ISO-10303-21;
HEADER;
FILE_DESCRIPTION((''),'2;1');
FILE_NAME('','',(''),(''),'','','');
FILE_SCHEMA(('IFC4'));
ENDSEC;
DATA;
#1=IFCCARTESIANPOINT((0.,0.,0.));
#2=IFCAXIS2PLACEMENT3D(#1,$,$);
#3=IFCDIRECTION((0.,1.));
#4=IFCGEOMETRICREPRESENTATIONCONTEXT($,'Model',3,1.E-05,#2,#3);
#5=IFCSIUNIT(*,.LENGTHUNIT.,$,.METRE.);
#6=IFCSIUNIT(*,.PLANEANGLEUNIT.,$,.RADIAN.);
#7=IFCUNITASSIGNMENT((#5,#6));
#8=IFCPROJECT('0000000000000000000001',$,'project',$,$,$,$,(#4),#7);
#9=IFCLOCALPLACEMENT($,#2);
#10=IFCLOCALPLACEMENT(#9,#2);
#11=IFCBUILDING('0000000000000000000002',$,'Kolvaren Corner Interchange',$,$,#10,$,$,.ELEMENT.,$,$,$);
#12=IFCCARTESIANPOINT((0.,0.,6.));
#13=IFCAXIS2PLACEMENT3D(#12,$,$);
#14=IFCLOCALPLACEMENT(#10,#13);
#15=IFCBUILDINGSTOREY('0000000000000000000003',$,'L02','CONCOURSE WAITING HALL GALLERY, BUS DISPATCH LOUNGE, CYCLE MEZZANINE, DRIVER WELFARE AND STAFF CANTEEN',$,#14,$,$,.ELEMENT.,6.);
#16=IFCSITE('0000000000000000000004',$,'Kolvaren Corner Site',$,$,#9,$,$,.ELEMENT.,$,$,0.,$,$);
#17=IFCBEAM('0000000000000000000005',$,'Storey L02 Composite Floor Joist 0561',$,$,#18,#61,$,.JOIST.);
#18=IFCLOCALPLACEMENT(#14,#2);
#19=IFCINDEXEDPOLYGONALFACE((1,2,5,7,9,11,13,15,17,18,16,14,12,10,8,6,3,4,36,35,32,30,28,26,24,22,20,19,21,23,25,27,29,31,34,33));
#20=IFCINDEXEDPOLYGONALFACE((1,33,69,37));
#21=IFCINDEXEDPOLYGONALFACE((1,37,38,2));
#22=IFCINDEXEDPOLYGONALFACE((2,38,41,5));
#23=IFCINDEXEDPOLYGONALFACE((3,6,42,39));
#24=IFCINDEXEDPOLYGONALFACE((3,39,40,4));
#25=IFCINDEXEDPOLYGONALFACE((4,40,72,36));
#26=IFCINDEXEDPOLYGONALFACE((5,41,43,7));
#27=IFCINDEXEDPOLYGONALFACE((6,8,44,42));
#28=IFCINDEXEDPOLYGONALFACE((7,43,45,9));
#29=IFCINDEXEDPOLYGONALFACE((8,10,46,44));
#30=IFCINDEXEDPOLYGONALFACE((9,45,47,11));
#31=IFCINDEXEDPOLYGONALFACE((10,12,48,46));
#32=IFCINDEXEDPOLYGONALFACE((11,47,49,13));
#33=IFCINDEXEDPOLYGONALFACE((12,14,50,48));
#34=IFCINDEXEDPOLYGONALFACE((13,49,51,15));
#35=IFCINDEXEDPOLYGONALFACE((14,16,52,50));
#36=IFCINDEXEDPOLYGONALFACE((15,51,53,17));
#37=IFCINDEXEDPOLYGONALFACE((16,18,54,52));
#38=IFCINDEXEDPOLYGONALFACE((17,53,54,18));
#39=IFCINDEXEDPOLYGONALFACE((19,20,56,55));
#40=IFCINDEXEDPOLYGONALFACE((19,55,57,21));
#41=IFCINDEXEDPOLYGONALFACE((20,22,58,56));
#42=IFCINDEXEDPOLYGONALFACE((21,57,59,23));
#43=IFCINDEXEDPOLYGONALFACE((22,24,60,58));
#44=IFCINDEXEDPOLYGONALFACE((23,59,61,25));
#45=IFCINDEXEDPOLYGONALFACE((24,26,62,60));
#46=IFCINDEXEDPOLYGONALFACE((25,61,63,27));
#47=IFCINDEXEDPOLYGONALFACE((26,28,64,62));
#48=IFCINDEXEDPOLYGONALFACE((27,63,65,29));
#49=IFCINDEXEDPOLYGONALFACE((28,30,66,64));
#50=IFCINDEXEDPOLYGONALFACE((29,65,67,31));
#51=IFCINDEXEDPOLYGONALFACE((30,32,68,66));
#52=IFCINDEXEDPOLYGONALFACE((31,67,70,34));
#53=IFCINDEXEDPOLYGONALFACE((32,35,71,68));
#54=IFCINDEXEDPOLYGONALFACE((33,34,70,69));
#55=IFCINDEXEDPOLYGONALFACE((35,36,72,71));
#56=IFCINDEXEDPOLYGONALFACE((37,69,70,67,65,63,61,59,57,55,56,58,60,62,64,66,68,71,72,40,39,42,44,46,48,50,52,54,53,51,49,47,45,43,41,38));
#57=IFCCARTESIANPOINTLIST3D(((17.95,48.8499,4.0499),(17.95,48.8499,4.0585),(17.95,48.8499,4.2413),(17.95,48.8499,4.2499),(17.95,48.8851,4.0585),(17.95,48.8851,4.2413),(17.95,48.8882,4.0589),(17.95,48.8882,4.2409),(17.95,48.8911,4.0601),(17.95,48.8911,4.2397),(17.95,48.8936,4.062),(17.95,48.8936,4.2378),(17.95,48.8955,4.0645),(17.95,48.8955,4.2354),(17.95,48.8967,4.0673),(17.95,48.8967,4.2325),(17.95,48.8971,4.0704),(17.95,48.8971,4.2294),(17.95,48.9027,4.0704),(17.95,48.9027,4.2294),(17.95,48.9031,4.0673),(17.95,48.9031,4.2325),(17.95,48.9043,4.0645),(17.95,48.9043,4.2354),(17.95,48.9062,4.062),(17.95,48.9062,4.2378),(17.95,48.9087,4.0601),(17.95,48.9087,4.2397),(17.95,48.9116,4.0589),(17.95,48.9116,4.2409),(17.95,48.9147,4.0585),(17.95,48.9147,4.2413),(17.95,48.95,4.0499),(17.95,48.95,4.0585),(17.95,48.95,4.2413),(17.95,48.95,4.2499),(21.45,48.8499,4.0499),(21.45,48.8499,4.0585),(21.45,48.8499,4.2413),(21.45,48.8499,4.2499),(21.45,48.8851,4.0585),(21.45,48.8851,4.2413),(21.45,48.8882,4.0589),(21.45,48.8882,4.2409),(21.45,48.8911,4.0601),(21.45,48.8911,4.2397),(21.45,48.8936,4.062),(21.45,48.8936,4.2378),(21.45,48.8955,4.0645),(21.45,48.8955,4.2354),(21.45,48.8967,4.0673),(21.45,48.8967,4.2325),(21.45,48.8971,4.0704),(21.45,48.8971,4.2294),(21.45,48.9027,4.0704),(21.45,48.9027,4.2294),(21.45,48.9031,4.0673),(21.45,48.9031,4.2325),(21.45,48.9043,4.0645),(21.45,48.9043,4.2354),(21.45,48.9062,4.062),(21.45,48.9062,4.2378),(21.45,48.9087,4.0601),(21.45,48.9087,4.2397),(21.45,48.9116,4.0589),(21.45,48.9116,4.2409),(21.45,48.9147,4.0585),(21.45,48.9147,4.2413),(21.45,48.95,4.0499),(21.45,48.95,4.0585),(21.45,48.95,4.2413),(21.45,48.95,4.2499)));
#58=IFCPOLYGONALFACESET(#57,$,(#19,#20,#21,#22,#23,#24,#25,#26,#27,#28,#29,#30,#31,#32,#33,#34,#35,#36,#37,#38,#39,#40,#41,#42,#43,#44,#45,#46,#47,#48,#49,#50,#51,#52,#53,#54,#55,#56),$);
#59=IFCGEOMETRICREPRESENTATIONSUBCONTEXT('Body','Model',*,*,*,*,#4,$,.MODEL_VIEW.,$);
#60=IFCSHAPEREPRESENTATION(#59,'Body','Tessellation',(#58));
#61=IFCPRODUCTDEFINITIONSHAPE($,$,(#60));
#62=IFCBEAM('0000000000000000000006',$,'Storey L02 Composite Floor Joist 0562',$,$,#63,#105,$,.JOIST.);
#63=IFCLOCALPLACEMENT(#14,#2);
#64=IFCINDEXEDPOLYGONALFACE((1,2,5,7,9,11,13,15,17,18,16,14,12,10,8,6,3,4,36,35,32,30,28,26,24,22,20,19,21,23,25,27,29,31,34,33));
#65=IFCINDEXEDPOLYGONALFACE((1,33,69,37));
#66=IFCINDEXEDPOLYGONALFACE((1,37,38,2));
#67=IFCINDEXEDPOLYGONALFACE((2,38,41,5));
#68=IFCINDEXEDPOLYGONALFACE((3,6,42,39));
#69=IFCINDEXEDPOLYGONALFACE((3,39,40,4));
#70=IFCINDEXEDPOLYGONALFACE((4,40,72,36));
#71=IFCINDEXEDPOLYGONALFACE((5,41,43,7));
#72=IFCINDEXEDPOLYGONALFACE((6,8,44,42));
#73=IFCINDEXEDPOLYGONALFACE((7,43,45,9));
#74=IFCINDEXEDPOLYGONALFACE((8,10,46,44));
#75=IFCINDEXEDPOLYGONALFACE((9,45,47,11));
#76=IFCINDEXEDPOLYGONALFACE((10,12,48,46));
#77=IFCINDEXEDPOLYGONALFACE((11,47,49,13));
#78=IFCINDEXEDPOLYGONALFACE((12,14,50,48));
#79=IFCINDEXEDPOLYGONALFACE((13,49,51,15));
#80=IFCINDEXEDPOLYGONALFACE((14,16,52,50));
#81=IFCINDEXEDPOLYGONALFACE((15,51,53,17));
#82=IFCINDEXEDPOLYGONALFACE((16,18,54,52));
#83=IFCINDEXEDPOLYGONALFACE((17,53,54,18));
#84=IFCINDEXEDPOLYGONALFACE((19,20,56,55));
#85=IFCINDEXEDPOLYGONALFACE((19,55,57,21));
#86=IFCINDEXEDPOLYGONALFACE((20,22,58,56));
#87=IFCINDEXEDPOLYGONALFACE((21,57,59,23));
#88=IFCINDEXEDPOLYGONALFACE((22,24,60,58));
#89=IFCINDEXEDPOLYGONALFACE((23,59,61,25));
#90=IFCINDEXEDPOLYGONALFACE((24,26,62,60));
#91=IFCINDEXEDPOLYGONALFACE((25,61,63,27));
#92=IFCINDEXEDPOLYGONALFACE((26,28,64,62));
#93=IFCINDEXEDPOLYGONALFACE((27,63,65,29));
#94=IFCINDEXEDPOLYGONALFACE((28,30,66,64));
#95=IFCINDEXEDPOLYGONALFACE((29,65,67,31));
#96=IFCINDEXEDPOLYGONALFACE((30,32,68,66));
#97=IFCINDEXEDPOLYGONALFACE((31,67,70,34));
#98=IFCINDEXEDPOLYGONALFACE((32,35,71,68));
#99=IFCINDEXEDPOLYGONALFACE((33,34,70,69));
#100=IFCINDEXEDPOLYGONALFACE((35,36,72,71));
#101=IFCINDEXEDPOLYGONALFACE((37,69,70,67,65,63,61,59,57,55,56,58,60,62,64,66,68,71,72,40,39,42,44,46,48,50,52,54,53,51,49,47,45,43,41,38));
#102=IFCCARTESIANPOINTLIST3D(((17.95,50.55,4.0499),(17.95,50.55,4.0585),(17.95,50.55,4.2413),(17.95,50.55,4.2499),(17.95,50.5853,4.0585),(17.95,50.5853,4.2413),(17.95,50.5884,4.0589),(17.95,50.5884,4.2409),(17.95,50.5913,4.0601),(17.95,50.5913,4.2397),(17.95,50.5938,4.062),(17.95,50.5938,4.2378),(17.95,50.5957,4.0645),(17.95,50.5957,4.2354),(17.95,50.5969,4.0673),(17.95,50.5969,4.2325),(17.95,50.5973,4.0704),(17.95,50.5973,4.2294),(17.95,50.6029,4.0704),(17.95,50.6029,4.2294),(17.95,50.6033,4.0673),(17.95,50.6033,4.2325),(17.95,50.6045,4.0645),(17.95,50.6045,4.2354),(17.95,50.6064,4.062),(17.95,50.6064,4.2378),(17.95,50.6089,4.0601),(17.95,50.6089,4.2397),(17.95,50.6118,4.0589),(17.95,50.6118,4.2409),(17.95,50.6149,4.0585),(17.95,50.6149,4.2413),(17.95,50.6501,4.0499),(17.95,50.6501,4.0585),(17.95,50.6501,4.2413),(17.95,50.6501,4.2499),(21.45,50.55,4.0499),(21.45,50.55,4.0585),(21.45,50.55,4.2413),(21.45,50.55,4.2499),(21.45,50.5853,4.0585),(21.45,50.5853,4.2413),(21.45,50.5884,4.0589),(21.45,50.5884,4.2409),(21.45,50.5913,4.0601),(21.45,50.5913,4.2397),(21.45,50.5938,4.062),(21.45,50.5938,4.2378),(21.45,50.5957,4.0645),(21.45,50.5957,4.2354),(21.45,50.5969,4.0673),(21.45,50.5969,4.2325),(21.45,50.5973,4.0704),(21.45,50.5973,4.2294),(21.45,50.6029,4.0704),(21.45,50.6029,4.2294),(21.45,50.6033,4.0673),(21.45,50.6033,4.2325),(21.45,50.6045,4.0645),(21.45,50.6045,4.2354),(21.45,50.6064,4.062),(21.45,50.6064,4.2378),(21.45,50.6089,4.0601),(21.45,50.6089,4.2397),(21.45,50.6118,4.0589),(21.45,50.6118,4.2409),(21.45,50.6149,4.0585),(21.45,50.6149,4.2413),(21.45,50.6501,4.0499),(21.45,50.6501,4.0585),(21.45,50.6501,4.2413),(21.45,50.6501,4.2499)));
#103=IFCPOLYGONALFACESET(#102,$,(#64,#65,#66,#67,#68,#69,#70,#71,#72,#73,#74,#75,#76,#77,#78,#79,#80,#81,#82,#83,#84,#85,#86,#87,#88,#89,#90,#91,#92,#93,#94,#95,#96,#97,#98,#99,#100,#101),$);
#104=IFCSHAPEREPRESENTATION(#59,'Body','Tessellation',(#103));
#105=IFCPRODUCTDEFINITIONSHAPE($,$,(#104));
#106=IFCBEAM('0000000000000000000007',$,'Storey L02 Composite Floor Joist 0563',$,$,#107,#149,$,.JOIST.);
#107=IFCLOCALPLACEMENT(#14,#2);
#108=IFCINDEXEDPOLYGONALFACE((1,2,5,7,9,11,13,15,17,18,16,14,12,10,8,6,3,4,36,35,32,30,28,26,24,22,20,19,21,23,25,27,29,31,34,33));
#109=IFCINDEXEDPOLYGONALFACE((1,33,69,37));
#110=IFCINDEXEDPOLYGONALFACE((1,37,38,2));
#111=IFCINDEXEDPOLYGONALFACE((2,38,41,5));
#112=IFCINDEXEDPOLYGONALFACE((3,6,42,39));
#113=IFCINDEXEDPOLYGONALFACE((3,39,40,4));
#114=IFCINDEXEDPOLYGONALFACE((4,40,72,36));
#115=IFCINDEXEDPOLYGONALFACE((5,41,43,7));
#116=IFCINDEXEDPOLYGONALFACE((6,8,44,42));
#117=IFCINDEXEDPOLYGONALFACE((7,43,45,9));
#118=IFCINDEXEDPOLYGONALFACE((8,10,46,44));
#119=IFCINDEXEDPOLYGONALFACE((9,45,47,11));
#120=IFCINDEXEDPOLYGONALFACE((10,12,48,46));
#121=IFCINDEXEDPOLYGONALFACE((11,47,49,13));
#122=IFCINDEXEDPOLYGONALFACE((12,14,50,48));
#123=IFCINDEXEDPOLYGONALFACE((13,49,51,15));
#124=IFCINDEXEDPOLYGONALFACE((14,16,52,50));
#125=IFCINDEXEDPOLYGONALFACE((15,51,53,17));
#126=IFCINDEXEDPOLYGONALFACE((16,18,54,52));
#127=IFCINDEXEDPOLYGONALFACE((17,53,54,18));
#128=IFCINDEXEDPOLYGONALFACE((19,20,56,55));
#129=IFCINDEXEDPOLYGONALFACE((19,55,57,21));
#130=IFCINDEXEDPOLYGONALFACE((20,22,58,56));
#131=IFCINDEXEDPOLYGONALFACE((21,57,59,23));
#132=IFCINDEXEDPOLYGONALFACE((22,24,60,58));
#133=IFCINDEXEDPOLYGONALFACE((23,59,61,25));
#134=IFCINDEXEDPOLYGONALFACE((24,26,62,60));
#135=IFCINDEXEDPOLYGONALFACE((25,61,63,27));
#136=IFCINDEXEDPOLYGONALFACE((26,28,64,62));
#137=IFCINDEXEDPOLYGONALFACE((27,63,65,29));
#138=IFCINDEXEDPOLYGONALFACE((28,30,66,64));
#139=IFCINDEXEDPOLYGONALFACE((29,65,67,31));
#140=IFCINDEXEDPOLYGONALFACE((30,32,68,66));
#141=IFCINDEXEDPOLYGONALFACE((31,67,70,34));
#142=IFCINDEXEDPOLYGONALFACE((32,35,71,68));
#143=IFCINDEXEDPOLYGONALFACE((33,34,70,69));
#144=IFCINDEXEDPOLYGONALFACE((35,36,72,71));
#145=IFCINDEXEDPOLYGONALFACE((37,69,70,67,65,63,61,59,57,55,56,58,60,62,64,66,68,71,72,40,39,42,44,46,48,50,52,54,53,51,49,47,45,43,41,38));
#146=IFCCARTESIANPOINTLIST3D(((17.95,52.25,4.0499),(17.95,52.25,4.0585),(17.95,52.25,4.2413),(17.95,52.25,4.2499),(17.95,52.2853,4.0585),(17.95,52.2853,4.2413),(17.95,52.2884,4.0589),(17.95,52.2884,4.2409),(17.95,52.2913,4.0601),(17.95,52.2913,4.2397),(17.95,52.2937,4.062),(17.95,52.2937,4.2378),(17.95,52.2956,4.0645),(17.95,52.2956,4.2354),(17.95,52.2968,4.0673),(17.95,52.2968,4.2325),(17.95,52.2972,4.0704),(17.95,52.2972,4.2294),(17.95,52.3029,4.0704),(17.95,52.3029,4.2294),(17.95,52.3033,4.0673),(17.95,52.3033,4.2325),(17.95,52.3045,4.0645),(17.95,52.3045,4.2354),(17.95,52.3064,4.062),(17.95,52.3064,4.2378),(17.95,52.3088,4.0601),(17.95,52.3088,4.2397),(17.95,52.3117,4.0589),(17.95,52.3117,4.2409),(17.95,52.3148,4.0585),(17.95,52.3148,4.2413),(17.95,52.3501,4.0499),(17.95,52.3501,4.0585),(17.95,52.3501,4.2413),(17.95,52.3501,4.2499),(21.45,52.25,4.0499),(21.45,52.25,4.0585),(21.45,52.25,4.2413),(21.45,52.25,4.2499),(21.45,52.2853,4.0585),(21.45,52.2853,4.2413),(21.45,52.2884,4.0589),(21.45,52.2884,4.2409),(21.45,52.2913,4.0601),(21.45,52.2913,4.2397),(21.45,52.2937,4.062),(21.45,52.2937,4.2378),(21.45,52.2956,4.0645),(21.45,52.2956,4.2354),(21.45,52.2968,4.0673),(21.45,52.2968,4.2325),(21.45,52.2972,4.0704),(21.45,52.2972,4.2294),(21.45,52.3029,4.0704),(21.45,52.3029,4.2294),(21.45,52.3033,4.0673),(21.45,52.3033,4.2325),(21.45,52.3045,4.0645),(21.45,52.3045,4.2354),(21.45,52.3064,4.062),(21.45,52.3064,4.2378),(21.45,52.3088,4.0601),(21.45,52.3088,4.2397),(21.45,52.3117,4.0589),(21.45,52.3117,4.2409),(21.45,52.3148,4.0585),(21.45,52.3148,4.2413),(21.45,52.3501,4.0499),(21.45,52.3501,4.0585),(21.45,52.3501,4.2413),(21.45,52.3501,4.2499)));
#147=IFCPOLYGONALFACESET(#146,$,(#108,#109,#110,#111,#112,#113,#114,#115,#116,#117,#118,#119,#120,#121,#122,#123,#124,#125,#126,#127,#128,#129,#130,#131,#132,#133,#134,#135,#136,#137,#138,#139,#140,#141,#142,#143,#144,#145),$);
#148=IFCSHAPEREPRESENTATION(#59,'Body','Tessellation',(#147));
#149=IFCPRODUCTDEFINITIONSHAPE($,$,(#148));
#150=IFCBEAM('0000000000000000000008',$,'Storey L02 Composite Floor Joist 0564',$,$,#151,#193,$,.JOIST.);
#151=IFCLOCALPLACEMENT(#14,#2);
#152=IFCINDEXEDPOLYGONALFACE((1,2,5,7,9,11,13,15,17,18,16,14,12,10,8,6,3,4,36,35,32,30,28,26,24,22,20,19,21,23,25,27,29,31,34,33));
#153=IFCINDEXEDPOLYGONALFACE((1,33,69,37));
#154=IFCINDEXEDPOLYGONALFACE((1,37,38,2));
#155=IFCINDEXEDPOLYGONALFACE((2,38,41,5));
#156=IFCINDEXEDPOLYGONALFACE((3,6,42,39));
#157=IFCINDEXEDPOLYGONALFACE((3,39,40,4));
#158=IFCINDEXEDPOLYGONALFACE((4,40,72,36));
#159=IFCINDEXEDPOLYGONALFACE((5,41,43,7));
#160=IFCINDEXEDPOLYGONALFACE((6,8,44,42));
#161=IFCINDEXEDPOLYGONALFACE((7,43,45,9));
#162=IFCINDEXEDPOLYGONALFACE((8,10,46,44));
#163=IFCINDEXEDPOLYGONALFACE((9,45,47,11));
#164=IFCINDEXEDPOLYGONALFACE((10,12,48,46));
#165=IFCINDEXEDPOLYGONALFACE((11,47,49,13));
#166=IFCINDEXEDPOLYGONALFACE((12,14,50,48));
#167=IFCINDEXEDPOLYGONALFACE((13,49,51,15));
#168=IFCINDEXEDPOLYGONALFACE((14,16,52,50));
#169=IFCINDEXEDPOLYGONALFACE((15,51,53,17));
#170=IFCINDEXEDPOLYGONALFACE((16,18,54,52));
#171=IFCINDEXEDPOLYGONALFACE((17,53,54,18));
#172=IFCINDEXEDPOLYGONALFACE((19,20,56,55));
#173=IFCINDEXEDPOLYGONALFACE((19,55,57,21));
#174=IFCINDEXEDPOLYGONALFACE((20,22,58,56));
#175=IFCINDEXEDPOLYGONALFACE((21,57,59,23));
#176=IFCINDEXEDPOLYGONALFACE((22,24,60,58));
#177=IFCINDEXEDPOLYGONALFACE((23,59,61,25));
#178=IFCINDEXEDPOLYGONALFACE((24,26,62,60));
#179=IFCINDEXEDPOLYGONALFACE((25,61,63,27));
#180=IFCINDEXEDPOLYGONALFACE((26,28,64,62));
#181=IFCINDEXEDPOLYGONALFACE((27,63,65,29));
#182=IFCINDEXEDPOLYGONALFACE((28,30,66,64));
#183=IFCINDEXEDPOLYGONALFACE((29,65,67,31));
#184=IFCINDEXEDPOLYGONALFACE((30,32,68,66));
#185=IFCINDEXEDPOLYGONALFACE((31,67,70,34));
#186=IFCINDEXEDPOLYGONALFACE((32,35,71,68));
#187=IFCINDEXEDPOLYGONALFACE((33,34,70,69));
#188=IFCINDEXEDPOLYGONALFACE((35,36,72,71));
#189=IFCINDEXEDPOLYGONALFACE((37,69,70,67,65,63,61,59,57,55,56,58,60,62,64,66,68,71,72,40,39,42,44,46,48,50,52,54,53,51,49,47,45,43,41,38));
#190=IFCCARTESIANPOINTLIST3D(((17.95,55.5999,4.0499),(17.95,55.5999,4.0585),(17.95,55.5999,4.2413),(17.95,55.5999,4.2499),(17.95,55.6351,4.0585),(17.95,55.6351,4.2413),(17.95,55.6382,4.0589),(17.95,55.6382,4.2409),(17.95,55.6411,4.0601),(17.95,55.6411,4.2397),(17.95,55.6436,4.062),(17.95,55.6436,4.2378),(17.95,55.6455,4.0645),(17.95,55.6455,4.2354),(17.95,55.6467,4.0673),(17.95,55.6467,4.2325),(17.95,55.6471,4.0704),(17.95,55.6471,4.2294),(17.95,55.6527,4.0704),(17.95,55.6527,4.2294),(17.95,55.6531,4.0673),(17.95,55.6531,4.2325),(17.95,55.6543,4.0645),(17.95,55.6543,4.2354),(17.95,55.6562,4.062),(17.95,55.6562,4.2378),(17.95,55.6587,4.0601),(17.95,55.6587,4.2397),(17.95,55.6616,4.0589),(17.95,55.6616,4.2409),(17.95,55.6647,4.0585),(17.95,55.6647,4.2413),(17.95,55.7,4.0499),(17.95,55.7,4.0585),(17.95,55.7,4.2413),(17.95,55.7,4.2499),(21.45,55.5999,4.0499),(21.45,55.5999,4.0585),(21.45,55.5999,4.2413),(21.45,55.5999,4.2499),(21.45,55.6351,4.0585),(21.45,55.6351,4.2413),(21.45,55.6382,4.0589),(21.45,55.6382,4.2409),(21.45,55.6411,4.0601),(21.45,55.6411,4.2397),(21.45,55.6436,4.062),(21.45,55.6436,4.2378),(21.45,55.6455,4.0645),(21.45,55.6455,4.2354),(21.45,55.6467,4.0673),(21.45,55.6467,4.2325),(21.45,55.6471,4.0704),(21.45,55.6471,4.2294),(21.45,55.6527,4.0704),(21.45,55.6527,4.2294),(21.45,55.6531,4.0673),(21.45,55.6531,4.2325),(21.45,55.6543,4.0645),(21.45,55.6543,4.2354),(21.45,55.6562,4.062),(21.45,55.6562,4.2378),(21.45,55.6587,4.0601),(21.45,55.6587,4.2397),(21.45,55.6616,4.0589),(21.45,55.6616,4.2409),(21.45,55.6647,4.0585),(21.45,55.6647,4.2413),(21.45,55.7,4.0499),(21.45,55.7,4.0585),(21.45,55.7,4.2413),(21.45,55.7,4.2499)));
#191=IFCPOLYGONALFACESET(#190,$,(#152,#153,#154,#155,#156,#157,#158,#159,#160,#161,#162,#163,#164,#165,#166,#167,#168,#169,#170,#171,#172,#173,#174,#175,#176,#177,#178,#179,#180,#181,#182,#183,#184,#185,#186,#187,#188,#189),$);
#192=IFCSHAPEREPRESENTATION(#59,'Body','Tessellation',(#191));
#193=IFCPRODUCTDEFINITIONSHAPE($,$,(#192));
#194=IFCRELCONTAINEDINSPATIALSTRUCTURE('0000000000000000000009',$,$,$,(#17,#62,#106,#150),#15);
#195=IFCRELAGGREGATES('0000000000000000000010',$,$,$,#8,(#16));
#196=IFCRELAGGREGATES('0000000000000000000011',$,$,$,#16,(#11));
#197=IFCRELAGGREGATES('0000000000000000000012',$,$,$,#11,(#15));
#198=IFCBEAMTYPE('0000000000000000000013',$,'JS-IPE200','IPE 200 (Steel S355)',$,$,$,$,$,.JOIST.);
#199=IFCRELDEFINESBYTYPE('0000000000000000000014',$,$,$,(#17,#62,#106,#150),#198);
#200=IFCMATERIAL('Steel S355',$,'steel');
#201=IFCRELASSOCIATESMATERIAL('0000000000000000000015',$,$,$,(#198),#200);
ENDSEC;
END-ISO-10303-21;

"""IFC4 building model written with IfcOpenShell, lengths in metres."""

from ifc_helpers import new_model, si_unit, direction, frame, origin, origin_2d, place, context, subcontext, project, spatial, i_section, extrude, material, material_profile, profile_set, type_object, element, save


model = new_model("IFC4")

# Units and contexts
model_context = context("Model", 3, precision=1e-05, world=origin(), true_north=direction((0.0, 1.0)))
body_context = subcontext(model_context, "Body", "Model", "MODEL_VIEW")
ifc_project = project(units=[si_unit("LENGTHUNIT", "METRE"), si_unit("PLANEANGLEUNIT", "RADIAN")], contexts=[model_context])

# Site, building, storey
site_placement = place(None, origin())
site = spatial("IfcSite", under=ifc_project, at=site_placement, Name="Kolvaren Corner Site", CompositionType="ELEMENT", RefElevation=0.0)
building_placement = place(site_placement, origin())
building = spatial("IfcBuilding", under=site, at=building_placement, Name="Kolvaren Corner Interchange", CompositionType="ELEMENT")
storey_placement = place(building_placement, frame((0.0, 0.0, 6.0)))
storey = spatial("IfcBuildingStorey", under=building, at=storey_placement, Name="L02", Description="CONCOURSE WAITING HALL GALLERY, BUS DISPATCH LOUNGE, CYCLE MEZZANINE, DRIVER WELFARE AND STAFF CANTEEN", CompositionType="ELEMENT", Elevation=6.0)

# Beams
ifc_material_1 = material(Name="Steel S355", Category="steel")
ifc_material_profile_1 = material_profile(ifc_material_1, i_section(OverallWidth=0.1001, OverallDepth=0.2, WebThickness=0.0056, FlangeThickness=0.0085, FilletRadius=0.012, at=origin_2d()), Name="IPE 200")
ifc_profile_set_1 = profile_set([ifc_material_profile_1], Name="Steel S355")
beam_type_1 = type_object("IfcBeamType", Name="JS-IPE200", Description="IPE 200 (Steel S355)", PredefinedType="JOIST", material=ifc_profile_set_1)
for number, where, z_axis, x_axis, name in (
    (1, (17.95, 48.8999, 4.1499), (1.0, 0.0, 0.0), (0.0, 1.0, 0.0), "Storey L02 Composite Floor Joist 0561"),
    (2, (17.95, 50.6001, 4.1499), (1.0, 0.0, 0.0), (0.0, 1.0, 0.0), "Storey L02 Composite Floor Joist 0562"),
    (3, (17.95, 52.3, 4.1499), (1.0, 0.0, 0.0), (0.0, 1.0, 0.0), "Storey L02 Composite Floor Joist 0563"),
    (4, (17.95, 55.6499, 4.1499), (1.0, 0.0, 0.0), (0.0, 1.0, 0.0), "Storey L02 Composite Floor Joist 0564"),
):
    element("IfcBeam", number, at=place(storey_placement, frame(where, z_axis=z_axis, x_axis=x_axis)), inside=storey, type_object=beam_type_1, Name=name, PredefinedType="JOIST", context=body_context, shape_type="SweptSolid", body=[
        extrude(i_section(OverallWidth=0.1001, OverallDepth=0.2, WebThickness=0.0056, FlangeThickness=0.0085, FilletRadius=0.012, at=origin_2d()), origin(), (0.0, 0.0, 1.0), 3.5),
    ])

save(model, "model.ifc")
